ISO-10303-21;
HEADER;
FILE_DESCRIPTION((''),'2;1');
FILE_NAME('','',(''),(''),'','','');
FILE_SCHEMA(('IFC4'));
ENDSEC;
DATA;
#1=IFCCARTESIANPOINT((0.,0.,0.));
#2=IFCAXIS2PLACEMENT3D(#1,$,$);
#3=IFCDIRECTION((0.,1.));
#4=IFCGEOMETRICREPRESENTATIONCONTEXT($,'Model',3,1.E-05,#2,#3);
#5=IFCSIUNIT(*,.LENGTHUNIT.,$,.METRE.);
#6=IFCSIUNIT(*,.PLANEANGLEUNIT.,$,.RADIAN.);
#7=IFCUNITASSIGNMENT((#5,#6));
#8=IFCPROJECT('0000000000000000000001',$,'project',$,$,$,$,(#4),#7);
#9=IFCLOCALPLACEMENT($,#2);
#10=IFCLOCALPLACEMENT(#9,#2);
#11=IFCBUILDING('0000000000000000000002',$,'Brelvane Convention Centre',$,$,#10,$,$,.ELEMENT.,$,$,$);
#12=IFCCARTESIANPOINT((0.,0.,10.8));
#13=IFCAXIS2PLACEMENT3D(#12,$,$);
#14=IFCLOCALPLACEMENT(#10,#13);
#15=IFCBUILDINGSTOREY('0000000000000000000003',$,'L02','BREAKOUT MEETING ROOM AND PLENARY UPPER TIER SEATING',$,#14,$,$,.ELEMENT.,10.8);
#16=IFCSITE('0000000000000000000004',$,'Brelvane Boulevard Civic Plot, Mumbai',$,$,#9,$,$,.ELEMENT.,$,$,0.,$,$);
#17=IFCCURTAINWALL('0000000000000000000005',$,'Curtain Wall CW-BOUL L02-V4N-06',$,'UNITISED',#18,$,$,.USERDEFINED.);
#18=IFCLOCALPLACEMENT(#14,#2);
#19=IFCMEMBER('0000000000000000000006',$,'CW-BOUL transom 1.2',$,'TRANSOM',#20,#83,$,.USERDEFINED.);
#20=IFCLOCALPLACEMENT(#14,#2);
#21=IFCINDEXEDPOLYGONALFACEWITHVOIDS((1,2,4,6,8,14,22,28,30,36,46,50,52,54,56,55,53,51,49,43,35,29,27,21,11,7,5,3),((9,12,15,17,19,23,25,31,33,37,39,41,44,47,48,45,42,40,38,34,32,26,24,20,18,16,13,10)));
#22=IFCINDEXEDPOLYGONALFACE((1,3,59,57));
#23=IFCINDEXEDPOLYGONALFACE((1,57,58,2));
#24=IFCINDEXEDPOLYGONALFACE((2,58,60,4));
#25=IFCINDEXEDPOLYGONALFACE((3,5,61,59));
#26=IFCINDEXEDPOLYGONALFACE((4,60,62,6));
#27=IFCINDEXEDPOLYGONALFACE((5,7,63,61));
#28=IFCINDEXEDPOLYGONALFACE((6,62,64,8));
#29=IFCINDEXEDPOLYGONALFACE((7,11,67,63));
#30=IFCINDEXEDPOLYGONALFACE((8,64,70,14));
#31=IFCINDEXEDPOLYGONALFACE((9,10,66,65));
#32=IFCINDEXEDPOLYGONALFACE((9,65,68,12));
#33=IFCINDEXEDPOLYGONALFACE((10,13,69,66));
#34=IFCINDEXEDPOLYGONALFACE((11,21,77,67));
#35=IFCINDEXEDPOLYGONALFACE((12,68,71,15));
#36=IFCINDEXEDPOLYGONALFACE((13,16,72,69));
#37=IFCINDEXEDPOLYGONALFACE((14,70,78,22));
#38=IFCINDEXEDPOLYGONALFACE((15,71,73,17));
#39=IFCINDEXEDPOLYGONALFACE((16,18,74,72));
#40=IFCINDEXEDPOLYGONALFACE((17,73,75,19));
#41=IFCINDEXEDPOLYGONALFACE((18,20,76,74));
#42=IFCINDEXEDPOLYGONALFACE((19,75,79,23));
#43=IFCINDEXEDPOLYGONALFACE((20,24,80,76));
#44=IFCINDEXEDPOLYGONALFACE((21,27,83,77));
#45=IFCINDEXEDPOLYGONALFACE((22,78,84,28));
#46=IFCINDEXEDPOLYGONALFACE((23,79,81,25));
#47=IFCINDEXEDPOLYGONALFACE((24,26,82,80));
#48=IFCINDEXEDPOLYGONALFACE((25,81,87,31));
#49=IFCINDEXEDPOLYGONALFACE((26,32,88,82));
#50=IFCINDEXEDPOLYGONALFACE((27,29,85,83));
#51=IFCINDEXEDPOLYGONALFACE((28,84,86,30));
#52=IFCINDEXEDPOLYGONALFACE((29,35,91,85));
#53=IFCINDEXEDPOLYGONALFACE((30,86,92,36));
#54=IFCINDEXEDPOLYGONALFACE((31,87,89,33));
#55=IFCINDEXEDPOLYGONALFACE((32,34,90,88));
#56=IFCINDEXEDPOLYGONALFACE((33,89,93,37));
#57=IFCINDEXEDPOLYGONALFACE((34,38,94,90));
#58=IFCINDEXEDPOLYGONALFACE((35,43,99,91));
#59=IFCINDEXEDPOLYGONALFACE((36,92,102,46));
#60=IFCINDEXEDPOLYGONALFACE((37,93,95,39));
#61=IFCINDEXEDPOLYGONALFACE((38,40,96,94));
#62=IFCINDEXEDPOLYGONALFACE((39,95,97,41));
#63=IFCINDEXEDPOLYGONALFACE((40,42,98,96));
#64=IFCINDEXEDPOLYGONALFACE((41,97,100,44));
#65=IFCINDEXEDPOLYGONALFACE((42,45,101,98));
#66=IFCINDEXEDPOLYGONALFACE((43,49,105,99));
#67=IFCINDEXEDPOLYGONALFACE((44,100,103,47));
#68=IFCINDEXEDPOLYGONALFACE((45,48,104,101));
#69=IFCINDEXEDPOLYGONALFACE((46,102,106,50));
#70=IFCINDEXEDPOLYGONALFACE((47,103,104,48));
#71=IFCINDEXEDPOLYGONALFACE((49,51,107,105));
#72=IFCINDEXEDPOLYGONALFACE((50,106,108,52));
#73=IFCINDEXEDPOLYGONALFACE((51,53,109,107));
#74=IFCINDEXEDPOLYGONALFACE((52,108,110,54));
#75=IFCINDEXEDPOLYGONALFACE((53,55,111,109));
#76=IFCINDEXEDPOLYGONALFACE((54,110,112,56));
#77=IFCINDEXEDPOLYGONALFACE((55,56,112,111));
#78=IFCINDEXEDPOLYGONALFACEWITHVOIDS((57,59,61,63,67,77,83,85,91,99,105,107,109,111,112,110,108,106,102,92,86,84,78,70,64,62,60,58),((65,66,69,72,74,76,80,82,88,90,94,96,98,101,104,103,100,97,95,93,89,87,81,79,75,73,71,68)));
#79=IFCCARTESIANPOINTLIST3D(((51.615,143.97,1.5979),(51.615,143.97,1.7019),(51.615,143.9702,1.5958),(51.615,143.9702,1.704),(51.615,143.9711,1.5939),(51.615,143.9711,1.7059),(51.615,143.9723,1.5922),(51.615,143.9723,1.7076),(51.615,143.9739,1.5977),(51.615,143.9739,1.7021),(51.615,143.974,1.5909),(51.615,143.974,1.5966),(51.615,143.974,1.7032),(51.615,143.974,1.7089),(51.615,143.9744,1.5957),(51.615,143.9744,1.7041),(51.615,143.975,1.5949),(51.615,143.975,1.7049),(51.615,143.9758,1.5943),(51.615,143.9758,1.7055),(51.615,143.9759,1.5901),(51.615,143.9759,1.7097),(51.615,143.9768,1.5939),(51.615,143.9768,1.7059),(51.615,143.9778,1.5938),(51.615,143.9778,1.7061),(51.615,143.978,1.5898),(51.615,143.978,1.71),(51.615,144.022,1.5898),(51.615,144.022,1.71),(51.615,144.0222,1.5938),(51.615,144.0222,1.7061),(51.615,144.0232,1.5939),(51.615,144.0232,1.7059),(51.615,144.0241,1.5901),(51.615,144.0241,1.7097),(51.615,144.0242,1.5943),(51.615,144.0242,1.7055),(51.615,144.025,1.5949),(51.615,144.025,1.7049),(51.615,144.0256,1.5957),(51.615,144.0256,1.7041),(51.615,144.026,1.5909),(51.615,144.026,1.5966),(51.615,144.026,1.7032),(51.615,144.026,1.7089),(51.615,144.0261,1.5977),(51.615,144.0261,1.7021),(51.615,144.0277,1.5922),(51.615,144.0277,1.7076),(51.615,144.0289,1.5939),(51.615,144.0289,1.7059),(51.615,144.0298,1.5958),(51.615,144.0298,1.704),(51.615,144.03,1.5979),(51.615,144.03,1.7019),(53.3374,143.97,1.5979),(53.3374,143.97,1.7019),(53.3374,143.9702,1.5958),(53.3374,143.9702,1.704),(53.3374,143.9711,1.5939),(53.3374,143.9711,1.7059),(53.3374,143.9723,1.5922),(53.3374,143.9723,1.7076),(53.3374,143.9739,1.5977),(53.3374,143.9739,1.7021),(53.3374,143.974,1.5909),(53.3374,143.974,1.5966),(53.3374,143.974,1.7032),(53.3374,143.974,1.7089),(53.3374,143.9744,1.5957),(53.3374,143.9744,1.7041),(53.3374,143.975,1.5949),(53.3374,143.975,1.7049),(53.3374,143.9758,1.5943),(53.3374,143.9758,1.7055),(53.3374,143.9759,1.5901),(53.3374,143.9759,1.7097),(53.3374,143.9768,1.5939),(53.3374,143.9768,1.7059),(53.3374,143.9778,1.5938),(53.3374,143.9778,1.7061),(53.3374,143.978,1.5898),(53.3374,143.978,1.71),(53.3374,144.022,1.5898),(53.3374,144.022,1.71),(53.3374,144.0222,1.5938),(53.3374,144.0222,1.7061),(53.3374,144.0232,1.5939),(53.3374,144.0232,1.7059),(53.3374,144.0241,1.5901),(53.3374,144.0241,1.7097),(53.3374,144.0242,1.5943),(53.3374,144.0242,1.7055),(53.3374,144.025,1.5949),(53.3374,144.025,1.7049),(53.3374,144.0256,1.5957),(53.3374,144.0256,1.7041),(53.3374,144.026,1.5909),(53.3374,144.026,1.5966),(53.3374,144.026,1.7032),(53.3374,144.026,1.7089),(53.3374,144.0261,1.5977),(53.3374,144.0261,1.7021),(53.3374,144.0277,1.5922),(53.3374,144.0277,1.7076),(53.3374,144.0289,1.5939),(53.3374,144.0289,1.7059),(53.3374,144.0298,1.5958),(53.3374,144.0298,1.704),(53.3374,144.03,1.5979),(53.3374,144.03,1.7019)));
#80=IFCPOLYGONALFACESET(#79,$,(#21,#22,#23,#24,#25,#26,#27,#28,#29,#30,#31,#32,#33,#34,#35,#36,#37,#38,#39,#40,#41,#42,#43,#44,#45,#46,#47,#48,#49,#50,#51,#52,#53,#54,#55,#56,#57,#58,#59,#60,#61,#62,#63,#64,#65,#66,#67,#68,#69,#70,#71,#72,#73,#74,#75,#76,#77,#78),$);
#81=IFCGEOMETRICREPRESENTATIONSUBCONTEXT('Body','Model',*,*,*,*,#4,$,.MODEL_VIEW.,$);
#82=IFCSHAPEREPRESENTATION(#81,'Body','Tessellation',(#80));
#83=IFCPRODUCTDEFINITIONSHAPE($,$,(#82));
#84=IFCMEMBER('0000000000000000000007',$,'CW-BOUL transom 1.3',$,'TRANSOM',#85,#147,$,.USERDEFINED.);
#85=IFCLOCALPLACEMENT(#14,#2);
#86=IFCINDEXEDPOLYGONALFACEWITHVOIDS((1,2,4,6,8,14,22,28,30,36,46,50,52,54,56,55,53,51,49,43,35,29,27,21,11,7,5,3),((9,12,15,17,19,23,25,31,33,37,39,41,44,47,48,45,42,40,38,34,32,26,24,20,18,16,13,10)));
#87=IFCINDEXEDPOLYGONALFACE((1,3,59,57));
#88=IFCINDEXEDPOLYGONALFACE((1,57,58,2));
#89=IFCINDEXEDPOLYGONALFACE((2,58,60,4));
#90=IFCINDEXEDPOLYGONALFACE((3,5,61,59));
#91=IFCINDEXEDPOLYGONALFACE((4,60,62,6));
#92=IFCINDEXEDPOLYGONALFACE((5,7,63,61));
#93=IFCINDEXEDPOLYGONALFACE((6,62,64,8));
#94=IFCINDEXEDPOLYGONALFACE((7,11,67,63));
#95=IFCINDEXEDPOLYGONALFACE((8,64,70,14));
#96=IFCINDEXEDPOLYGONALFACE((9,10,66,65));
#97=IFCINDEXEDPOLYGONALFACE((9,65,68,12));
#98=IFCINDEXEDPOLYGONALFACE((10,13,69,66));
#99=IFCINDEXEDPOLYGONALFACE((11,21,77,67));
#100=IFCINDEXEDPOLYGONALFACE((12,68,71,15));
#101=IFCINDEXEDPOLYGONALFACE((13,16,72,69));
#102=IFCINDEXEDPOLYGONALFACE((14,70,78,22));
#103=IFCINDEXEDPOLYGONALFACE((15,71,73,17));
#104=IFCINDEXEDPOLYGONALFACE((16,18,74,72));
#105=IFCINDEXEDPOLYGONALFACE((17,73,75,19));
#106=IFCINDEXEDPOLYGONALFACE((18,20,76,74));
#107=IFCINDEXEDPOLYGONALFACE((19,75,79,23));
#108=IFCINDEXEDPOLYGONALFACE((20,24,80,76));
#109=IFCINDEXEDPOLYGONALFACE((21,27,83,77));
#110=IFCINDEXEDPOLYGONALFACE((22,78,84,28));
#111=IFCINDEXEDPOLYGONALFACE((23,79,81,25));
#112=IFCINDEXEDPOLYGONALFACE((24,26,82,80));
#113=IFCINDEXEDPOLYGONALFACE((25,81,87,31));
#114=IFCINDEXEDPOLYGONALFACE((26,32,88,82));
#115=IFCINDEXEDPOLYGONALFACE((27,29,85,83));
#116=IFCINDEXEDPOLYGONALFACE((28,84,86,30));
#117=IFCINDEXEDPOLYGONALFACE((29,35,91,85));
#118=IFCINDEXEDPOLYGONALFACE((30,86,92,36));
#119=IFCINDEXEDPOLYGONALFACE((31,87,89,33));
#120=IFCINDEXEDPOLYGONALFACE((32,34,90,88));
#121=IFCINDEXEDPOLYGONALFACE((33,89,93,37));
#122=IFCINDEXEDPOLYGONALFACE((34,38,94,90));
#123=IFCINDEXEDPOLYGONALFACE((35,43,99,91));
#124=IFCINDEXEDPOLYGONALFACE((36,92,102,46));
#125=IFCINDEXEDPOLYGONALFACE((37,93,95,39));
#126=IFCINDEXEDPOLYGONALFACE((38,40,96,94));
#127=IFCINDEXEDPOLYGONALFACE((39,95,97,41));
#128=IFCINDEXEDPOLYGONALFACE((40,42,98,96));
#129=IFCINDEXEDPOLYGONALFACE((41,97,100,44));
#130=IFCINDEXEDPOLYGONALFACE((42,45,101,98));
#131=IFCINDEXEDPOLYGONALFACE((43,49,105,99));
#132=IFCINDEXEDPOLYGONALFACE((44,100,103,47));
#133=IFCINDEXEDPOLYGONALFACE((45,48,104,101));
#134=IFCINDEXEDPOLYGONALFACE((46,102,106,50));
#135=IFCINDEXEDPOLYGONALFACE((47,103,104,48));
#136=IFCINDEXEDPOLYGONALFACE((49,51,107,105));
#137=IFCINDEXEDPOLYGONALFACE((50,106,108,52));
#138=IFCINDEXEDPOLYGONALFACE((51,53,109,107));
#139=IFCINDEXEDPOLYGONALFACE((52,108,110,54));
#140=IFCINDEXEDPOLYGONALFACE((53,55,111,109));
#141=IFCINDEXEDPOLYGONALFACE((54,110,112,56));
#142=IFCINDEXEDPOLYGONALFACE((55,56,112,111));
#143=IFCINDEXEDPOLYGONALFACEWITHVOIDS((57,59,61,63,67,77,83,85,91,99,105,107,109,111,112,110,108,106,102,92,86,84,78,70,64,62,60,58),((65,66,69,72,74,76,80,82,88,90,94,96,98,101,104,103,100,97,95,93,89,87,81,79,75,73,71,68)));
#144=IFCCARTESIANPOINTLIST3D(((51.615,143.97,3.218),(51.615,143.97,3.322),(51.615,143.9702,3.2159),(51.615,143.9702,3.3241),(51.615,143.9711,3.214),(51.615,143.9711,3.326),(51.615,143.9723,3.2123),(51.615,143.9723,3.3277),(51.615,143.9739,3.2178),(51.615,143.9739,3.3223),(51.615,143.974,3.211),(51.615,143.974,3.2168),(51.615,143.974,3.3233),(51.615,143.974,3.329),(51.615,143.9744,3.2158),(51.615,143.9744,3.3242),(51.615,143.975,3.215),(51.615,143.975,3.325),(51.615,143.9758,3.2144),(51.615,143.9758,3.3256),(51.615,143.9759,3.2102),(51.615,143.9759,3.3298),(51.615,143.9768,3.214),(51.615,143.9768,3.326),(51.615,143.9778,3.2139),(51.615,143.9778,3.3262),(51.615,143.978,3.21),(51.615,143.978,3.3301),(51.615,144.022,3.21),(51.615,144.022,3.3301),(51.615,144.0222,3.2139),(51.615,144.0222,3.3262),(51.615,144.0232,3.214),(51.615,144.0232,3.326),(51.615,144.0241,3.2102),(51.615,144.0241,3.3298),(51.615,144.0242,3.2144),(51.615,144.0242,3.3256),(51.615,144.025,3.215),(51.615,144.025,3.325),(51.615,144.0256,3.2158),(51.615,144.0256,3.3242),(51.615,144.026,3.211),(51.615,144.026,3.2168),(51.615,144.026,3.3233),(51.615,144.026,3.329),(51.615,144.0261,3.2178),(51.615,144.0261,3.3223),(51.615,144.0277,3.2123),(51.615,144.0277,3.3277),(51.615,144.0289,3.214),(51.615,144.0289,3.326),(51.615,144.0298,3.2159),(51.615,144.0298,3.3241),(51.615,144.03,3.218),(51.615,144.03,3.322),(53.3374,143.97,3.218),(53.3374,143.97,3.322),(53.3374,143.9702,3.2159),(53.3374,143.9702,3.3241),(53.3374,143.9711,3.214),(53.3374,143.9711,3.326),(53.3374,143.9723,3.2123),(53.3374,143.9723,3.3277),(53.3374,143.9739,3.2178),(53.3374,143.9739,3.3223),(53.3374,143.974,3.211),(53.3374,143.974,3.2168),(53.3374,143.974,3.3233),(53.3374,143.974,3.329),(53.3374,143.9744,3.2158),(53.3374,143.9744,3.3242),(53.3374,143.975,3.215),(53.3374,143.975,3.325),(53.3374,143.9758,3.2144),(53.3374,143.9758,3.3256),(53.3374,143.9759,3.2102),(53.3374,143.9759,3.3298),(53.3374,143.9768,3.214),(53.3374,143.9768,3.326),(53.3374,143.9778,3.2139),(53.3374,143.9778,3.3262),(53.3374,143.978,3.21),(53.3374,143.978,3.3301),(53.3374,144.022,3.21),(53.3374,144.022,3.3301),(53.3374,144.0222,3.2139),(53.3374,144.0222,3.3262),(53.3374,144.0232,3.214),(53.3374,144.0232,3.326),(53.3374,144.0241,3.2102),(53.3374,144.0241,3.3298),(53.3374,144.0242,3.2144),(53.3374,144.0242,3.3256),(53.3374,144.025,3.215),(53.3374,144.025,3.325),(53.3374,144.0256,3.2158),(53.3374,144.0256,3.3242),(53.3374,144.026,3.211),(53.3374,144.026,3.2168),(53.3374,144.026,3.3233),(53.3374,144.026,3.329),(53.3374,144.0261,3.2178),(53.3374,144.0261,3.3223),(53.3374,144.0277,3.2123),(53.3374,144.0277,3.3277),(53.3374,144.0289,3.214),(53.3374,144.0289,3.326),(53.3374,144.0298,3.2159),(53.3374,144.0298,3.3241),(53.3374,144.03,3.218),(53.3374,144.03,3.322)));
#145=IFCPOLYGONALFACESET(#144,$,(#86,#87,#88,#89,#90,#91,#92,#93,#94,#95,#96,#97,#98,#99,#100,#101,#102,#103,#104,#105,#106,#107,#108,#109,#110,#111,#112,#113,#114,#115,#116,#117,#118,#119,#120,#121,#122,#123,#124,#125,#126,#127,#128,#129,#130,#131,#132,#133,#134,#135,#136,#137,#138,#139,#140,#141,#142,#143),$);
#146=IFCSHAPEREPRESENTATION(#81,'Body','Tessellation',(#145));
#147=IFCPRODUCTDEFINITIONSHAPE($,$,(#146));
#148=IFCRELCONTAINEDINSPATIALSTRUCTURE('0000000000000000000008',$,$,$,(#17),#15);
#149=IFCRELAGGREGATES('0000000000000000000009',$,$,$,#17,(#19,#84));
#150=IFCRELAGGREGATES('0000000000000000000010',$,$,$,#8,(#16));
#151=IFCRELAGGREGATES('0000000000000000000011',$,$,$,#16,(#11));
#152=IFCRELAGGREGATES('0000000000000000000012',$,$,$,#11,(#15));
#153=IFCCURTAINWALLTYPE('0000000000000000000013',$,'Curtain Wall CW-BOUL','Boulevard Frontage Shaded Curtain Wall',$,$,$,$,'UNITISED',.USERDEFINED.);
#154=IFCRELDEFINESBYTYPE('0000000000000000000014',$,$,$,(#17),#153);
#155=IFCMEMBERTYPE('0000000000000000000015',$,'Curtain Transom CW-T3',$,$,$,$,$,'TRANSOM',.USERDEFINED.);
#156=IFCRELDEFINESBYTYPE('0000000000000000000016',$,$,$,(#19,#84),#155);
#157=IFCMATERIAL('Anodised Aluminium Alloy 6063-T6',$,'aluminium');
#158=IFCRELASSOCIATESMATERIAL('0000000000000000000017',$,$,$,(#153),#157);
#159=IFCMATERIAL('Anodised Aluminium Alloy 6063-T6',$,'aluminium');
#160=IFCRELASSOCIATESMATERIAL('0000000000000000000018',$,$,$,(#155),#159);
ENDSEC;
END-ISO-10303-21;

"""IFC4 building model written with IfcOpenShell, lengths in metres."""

from ifc_helpers import new_model, si_unit, direction, frame, origin, origin_2d, place, context, subcontext, project, spatial, hollow_rectangle, extrude, material, material_profile, profile_set, type_object, element, aggregate, save


model = new_model("IFC4")

# Units and contexts
model_context = context("Model", 3, precision=1e-05, world=origin(), true_north=direction((0.0, 1.0)))
body_context = subcontext(model_context, "Body", "Model", "MODEL_VIEW")
ifc_project = project(units=[si_unit("LENGTHUNIT", "METRE"), si_unit("PLANEANGLEUNIT", "RADIAN")], contexts=[model_context])

# Site, building, storey
site_placement = place(None, origin())
site = spatial("IfcSite", under=ifc_project, at=site_placement, Name="Brelvane Boulevard Civic Plot, Mumbai", CompositionType="ELEMENT", RefElevation=0.0)
building_placement = place(site_placement, origin())
building = spatial("IfcBuilding", under=site, at=building_placement, Name="Brelvane Convention Centre", CompositionType="ELEMENT")
storey_placement = place(building_placement, frame((0.0, 0.0, 10.8)))
storey = spatial("IfcBuildingStorey", under=building, at=storey_placement, Name="L02", Description="BREAKOUT MEETING ROOM AND PLENARY UPPER TIER SEATING", CompositionType="ELEMENT", Elevation=10.8)

# Curtain wall, members
ifc_material_1 = material(Name="Anodised Aluminium Alloy 6063-T6", Category="aluminium")
curtain_wall_type = type_object("IfcCurtainWallType", Name="Curtain Wall CW-BOUL", Description="Boulevard Frontage Shaded Curtain Wall", ElementType="UNITISED", PredefinedType="USERDEFINED", material=ifc_material_1)
curtain_wall_placement = place(storey_placement, origin())
curtain_wall = element("IfcCurtainWall", 1, at=curtain_wall_placement, inside=storey, type_object=curtain_wall_type, Name="Curtain Wall CW-BOUL L02-V4N-06", ObjectType="UNITISED", PredefinedType="USERDEFINED")
ifc_material_2 = material(Name="Anodised Aluminium Alloy 6063-T6", Category="aluminium")
ifc_material_profile_1 = material_profile(ifc_material_2, hollow_rectangle(XDim=0.0601, YDim=0.1201, WallThickness=0.0039, InnerFilletRadius=0.0039, OuterFilletRadius=0.0081, at=origin_2d()), Name="ALU-T 120x60x4.0")
ifc_profile_set_1 = profile_set([ifc_material_profile_1], Name="Anodised Aluminium Alloy 6063-T6")
member_type_1 = type_object("IfcMemberType", Name="Curtain Transom CW-T3", ElementType="TRANSOM", PredefinedType="USERDEFINED", material=ifc_profile_set_1)
member_1_placement = place(storey_placement, frame((51.615, 144.0, 1.6499), z_axis=(1.0, 0.0, 0.0), x_axis=(0.0, 1.0, 0.0)))
member_1 = element("IfcMember", 2, at=member_1_placement, type_object=member_type_1, Name="CW-BOUL transom 1.2", ObjectType="TRANSOM", PredefinedType="USERDEFINED", context=body_context, shape_type="SweptSolid", body=[
    extrude(hollow_rectangle(XDim=0.0601, YDim=0.1201, WallThickness=0.0039, InnerFilletRadius=0.0039, OuterFilletRadius=0.0081, at=origin_2d()), origin(), (0.0, 0.0, 1.0), 1.7224),
])
member_2_placement = place(storey_placement, frame((51.615, 144.0, 3.27), z_axis=(1.0, 0.0, 0.0), x_axis=(0.0, 1.0, 0.0)))
member_2 = element("IfcMember", 3, at=member_2_placement, type_object=member_type_1, Name="CW-BOUL transom 1.3", ObjectType="TRANSOM", PredefinedType="USERDEFINED", context=body_context, shape_type="SweptSolid", body=[
    extrude(hollow_rectangle(XDim=0.0601, YDim=0.1201, WallThickness=0.0039, InnerFilletRadius=0.0039, OuterFilletRadius=0.0081, at=origin_2d()), origin(), (0.0, 0.0, 1.0), 1.7224),
])

aggregate(curtain_wall, [member_1, member_2])

save(model, "model.ifc")
